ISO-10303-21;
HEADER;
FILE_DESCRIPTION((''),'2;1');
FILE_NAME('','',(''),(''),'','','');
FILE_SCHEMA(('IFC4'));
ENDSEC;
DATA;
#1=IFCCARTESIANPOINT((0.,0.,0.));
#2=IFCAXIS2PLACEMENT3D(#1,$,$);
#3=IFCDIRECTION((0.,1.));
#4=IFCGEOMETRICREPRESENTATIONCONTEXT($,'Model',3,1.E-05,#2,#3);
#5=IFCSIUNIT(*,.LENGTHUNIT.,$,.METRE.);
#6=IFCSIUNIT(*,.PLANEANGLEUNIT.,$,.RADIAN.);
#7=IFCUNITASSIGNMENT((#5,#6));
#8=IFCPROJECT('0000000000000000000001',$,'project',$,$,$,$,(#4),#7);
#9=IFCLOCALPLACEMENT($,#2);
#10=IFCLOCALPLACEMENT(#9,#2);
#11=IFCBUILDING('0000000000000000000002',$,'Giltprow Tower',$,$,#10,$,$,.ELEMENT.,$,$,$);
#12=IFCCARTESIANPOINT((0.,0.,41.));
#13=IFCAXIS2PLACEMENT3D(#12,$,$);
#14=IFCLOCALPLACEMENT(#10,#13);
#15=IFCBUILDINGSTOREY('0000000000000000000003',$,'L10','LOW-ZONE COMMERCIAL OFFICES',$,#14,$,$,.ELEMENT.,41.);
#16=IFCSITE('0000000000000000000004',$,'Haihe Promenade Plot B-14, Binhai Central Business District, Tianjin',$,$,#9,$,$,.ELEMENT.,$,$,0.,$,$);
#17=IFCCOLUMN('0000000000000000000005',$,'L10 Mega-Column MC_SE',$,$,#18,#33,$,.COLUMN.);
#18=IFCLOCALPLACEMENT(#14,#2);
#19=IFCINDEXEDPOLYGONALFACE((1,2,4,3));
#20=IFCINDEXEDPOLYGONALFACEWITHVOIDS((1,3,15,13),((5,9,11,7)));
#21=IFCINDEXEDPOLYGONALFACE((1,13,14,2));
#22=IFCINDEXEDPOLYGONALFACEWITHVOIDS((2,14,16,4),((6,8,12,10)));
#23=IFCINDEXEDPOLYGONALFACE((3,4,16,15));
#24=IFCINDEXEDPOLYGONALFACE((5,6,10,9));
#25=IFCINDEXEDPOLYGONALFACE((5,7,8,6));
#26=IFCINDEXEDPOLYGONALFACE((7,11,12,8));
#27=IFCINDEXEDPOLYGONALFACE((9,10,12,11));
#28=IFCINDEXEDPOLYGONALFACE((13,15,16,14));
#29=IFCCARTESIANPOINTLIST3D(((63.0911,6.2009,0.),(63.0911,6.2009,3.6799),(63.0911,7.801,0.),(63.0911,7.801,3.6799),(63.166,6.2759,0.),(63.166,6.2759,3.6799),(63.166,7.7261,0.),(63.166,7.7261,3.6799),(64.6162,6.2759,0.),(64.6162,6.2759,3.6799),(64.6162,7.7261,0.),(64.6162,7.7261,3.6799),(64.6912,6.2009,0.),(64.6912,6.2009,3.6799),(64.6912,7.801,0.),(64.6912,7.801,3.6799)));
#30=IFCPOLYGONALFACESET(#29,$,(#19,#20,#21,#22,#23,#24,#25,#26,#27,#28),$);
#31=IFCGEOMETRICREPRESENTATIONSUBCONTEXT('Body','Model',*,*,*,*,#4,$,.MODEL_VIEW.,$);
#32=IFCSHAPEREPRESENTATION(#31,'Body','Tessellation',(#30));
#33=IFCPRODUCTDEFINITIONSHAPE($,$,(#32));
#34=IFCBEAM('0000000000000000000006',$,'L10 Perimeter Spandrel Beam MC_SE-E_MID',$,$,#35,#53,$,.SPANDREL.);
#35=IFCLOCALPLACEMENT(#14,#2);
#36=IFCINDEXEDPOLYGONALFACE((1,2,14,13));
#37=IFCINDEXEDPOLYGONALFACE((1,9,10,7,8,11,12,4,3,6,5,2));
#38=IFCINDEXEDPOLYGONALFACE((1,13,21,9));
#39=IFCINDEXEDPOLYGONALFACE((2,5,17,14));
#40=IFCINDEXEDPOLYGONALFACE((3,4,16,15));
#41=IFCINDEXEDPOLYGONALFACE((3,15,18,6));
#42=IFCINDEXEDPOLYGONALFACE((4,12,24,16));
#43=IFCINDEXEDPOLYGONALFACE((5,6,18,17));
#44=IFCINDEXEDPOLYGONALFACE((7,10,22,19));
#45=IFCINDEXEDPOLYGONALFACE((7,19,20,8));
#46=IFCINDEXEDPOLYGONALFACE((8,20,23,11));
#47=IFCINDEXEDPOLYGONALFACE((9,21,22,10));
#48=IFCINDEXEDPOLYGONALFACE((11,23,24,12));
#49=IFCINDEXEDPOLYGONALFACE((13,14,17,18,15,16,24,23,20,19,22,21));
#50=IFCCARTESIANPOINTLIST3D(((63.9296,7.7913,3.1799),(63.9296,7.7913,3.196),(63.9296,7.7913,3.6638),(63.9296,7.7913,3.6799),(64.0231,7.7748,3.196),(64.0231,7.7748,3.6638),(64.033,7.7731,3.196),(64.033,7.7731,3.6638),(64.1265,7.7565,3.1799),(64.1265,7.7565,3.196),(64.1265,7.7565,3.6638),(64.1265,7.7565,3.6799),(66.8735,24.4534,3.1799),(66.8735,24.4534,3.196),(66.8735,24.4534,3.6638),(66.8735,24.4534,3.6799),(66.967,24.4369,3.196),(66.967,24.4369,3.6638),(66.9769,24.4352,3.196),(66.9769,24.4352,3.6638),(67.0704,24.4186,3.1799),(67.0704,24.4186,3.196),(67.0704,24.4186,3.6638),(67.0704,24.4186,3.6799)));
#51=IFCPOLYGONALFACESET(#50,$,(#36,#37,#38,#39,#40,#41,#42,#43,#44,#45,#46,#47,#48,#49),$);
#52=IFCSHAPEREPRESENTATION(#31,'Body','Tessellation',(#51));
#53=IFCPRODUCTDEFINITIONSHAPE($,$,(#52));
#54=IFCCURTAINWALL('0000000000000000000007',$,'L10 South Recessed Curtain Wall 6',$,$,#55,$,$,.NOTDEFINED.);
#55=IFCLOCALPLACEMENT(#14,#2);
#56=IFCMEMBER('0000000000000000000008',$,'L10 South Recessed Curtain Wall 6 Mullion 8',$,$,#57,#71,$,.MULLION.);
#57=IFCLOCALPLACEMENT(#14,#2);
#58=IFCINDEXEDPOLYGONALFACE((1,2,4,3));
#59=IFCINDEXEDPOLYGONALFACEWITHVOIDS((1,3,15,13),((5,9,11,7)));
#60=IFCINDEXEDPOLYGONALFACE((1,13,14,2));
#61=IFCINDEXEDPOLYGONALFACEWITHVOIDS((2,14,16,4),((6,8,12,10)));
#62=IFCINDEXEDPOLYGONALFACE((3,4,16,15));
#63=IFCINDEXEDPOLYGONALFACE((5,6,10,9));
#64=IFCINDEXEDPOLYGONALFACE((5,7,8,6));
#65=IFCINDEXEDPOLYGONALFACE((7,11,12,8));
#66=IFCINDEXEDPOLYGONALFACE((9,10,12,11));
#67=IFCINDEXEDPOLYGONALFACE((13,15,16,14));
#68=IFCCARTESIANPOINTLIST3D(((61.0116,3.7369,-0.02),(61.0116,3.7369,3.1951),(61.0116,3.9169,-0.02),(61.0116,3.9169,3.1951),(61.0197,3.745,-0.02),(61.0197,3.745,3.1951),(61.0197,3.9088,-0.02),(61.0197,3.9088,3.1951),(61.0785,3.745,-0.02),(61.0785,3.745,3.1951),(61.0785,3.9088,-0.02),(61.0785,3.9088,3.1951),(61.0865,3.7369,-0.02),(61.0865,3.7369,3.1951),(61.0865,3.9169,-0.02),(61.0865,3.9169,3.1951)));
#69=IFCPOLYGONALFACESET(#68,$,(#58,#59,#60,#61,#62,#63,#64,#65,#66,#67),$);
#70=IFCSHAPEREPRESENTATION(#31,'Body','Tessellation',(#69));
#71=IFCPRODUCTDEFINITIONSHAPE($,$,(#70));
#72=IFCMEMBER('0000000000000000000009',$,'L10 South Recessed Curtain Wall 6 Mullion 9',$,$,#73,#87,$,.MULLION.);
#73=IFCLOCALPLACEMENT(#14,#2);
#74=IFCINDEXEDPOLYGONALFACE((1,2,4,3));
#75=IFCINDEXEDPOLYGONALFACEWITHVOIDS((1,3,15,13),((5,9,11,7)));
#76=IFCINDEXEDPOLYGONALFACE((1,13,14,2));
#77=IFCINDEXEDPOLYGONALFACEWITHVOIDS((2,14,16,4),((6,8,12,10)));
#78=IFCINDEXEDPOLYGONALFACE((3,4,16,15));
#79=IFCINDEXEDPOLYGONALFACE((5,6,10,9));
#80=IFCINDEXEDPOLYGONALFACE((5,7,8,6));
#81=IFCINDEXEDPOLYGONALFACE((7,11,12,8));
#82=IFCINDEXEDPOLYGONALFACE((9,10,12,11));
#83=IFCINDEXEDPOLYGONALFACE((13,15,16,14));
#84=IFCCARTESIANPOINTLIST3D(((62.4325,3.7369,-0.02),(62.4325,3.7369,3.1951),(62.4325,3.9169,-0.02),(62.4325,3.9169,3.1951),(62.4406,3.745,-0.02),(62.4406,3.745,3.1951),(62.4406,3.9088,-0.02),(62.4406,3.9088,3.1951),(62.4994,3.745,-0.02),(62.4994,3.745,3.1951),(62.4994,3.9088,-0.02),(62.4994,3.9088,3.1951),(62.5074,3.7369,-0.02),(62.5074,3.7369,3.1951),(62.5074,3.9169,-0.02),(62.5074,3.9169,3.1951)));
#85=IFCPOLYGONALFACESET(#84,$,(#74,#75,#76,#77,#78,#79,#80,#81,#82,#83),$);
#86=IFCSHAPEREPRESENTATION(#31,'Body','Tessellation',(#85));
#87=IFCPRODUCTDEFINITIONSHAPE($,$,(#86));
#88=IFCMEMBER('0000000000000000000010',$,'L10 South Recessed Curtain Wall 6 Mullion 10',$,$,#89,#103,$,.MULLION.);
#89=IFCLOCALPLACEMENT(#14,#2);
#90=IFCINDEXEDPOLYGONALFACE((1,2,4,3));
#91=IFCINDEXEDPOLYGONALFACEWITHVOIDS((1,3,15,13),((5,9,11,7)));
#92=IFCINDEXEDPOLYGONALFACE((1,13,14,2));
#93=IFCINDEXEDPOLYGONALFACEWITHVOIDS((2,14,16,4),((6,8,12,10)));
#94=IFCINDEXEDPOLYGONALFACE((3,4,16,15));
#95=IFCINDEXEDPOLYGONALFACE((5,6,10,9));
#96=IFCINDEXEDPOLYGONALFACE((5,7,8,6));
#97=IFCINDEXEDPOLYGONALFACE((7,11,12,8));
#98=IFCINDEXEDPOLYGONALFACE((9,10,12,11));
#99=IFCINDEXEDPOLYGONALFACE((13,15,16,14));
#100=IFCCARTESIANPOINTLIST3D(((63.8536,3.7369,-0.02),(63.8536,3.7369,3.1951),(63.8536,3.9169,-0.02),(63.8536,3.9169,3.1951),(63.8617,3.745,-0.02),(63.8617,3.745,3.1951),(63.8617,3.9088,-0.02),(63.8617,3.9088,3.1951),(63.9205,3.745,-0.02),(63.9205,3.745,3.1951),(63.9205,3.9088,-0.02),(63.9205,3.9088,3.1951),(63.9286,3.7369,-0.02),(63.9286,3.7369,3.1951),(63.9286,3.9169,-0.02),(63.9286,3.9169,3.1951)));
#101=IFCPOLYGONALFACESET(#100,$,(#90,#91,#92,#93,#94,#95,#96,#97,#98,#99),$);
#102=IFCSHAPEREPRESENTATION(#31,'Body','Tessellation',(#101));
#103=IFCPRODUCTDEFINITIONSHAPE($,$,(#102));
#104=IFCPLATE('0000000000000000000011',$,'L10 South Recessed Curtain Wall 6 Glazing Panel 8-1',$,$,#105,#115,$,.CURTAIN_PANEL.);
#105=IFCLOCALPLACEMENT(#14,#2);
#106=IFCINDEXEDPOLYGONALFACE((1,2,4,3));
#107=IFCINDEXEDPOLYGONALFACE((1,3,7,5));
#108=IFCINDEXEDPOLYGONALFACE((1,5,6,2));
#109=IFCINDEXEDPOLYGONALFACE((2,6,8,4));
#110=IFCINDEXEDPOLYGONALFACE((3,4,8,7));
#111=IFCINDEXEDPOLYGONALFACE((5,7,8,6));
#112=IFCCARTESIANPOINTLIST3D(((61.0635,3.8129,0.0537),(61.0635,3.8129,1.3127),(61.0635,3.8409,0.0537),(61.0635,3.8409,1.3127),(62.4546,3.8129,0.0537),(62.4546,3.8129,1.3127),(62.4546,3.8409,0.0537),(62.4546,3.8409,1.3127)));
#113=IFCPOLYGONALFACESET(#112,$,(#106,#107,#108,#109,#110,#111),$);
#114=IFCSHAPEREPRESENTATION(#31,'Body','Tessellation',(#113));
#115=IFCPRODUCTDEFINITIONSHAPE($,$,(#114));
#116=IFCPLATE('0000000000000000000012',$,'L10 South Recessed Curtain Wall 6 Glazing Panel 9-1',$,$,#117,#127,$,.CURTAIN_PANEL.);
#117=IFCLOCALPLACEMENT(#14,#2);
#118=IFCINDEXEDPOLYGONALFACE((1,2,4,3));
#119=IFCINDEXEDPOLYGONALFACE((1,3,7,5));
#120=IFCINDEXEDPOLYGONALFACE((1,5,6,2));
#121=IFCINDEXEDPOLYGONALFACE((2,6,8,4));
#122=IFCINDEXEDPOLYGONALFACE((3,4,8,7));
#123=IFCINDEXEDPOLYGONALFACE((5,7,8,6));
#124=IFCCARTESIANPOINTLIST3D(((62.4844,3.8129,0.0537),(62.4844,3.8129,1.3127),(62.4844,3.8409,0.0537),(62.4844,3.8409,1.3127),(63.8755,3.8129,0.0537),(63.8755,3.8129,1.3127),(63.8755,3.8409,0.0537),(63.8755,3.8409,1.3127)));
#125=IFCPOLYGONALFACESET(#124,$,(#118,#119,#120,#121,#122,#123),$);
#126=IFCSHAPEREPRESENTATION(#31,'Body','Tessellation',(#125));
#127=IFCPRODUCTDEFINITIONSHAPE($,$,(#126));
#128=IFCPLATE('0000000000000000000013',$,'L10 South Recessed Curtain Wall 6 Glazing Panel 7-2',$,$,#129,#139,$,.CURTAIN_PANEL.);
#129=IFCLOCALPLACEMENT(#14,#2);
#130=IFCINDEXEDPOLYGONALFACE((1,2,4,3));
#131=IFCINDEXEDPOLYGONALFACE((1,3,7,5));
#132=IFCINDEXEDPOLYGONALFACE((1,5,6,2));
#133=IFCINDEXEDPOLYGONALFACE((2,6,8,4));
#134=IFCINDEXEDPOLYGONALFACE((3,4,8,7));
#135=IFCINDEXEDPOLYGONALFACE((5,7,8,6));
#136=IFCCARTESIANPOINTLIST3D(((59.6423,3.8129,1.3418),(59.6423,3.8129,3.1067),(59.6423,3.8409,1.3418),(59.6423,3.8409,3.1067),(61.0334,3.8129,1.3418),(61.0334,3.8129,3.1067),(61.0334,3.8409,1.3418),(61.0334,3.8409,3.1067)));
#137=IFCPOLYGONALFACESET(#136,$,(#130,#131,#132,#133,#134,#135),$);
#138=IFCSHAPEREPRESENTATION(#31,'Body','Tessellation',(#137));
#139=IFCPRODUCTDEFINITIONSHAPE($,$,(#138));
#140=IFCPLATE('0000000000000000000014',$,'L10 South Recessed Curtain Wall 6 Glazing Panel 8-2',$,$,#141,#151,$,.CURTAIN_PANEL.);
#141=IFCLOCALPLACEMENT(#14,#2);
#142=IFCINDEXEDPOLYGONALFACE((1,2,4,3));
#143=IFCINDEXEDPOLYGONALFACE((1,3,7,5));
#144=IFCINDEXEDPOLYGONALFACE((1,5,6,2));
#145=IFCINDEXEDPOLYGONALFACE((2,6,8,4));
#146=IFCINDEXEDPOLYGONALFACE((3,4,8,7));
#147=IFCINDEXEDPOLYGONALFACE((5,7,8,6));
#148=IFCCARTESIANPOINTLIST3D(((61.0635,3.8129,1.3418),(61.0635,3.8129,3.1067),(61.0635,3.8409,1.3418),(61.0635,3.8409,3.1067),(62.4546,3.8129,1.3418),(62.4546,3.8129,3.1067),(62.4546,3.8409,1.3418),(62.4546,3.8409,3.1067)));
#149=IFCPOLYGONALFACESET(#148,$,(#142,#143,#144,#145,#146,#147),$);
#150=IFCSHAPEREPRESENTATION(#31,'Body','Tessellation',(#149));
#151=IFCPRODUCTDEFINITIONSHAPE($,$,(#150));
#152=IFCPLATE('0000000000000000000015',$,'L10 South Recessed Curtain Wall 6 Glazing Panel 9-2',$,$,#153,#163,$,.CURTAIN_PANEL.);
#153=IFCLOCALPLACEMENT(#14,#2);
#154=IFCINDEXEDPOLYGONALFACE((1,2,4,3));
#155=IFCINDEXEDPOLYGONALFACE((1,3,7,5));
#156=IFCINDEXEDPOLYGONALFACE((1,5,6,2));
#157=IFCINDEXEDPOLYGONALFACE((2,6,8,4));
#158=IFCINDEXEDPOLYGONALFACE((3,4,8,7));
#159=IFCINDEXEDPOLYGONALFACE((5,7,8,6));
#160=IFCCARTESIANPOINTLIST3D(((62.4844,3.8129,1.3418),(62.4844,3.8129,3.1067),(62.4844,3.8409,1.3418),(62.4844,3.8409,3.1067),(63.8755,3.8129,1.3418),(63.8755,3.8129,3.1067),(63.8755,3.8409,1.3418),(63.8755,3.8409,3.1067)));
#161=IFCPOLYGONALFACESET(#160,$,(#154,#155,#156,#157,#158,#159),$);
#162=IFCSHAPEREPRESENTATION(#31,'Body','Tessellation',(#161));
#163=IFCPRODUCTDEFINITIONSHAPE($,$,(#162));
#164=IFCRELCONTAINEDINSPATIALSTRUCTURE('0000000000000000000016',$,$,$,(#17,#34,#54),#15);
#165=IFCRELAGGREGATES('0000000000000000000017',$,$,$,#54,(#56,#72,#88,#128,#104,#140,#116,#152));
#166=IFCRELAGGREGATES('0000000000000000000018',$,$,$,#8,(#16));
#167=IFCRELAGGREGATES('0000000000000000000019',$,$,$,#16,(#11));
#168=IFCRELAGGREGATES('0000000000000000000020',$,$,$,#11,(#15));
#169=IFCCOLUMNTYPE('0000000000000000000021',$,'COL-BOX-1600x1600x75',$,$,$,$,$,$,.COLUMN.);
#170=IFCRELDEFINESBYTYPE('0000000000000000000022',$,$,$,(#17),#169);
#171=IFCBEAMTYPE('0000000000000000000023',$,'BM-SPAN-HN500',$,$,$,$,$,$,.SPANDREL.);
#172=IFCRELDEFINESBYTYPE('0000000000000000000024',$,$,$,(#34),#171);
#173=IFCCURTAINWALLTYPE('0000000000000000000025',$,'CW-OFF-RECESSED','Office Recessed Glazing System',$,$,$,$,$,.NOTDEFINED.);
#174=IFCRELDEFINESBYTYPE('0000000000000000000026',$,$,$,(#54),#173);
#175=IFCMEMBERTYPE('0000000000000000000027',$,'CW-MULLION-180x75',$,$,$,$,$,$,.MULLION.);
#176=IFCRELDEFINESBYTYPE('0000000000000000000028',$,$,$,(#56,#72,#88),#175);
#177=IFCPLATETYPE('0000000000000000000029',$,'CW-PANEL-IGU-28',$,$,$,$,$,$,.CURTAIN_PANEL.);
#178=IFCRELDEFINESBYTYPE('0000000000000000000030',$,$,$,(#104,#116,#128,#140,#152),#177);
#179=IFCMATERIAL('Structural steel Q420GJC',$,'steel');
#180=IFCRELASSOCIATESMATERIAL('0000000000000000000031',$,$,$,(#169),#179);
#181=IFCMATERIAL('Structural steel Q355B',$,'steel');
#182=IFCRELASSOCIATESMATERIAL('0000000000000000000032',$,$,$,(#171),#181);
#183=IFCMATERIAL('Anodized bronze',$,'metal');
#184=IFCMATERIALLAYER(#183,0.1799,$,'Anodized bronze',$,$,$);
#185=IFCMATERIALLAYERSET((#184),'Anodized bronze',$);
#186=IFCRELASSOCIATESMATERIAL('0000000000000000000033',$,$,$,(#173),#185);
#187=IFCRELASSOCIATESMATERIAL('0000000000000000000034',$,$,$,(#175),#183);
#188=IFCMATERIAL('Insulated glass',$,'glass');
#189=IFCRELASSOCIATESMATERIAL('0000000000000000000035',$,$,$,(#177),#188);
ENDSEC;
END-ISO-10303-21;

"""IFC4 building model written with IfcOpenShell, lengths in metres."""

from ifc_helpers import new_model, si_unit, direction, frame, origin, origin_2d, place, context, subcontext, project, spatial, rectangle, hollow_rectangle, i_section, extrude, source, transform, mapped, material, layer, layer_set, material_profile, profile_set, type_object, element, aggregate, save


model = new_model("IFC4")

# Units and contexts
model_context = context("Model", 3, precision=1e-05, world=origin(), true_north=direction((0.0, 1.0)))
body_context = subcontext(model_context, "Body", "Model", "MODEL_VIEW")
ifc_project = project(units=[si_unit("LENGTHUNIT", "METRE"), si_unit("PLANEANGLEUNIT", "RADIAN")], contexts=[model_context])

# Site, building, storey
site_placement = place(None, origin())
site = spatial("IfcSite", under=ifc_project, at=site_placement, Name="Haihe Promenade Plot B-14, Binhai Central Business District, Tianjin", CompositionType="ELEMENT", RefElevation=0.0)
building_placement = place(site_placement, origin())
building = spatial("IfcBuilding", under=site, at=building_placement, Name="Giltprow Tower", CompositionType="ELEMENT")
storey_placement = place(building_placement, frame((0.0, 0.0, 41.0)))
storey = spatial("IfcBuildingStorey", under=building, at=storey_placement, Name="L10", Description="LOW-ZONE COMMERCIAL OFFICES", CompositionType="ELEMENT", Elevation=41.0)

# Column
ifc_material_1 = material(Name="Structural steel Q420GJC", Category="steel")
ifc_material_profile_1 = material_profile(ifc_material_1, hollow_rectangle(XDim=1.6001, YDim=1.6001, WallThickness=0.075, at=origin_2d()), Name="BOX 1600x1600x75")
ifc_profile_set_1 = profile_set([ifc_material_profile_1], Name="Structural steel Q420GJC")
column_type = type_object("IfcColumnType", Name="COL-BOX-1600x1600x75", PredefinedType="COLUMN", material=ifc_profile_set_1)
shared_shape_1 = source(origin(), body_context, "Body", "SweptSolid", [
    extrude(hollow_rectangle(XDim=1.6001, YDim=1.6001, WallThickness=0.075, at=origin_2d()), origin(), (0.0, 0.0, 1.0), 3.6799),
])
column_placement = place(storey_placement, frame((63.8911, 7.001, 0.0), z_axis=(0.0, 0.0, 1.0), x_axis=(1.0, 0.0, 0.0)))
element("IfcColumn", 1, at=column_placement, inside=storey, type_object=column_type, Name="L10 Mega-Column MC_SE", PredefinedType="COLUMN", context=body_context, shape_type="MappedRepresentation", body=[
    mapped(shared_shape_1, transform((0.0, 0.0, 0.0), x_axis=(1.0, 0.0, 0.0), y_axis=(0.0, 1.0, 0.0), z_axis=(0.0, 0.0, 1.0), scale=1.0)),
])

# Beam
ifc_material_2 = material(Name="Structural steel Q355B", Category="steel")
ifc_material_profile_2 = material_profile(ifc_material_2, i_section(OverallWidth=0.2, OverallDepth=0.5, WebThickness=0.01, FlangeThickness=0.0161, at=origin_2d()), Name="HN 500x200x10x16")
ifc_profile_set_2 = profile_set([ifc_material_profile_2], Name="Structural steel Q355B")
beam_type = type_object("IfcBeamType", Name="BM-SPAN-HN500", PredefinedType="SPANDREL", material=ifc_profile_set_2)
shared_shape_2 = source(origin(), body_context, "Body", "SweptSolid", [
    extrude(i_section(OverallWidth=0.2, OverallDepth=0.5, WebThickness=0.01, FlangeThickness=0.0161, at=origin_2d()), origin(), (0.0, 0.0, 1.0), 16.9202),
])
beam_placement = place(storey_placement, frame((64.0281, 7.7739, 3.4299), z_axis=(0.173985, 0.984748, 0.0), x_axis=(-0.984748, 0.173985, 0.0)))
element("IfcBeam", 2, at=beam_placement, inside=storey, type_object=beam_type, Name="L10 Perimeter Spandrel Beam MC_SE-E_MID", PredefinedType="SPANDREL", context=body_context, shape_type="MappedRepresentation", body=[
    mapped(shared_shape_2, transform((0.0, 0.0, 0.0), x_axis=(1.0, 0.0, 0.0), y_axis=(0.0, 1.0, 0.0), z_axis=(0.0, 0.0, 1.0), scale=1.0)),
])

# Curtain wall, members, plates
ifc_material_3 = material(Name="Anodized bronze", Category="metal")
ifc_layer_1 = layer(ifc_material_3, 0.1799, Name="Anodized bronze")
ifc_layer_set_1 = layer_set([ifc_layer_1], Name="Anodized bronze")
curtain_wall_type = type_object("IfcCurtainWallType", Name="CW-OFF-RECESSED", Description="Office Recessed Glazing System", PredefinedType="NOTDEFINED", material=ifc_layer_set_1)
curtain_wall_placement = place(storey_placement, origin())
curtain_wall = element("IfcCurtainWall", 3, at=curtain_wall_placement, inside=storey, type_object=curtain_wall_type, Name="L10 South Recessed Curtain Wall 6", PredefinedType="NOTDEFINED")
ifc_material_profile_3 = material_profile(ifc_material_3, hollow_rectangle(XDim=0.075, YDim=0.1799, WallThickness=0.0081, at=origin_2d()), Name="RHS 180x75x8")
ifc_profile_set_3 = profile_set([ifc_material_profile_3], Name="Anodized bronze")
member_type = type_object("IfcMemberType", Name="CW-MULLION-180x75", PredefinedType="MULLION", material=ifc_profile_set_3)
shared_shape_3 = source(origin(), body_context, "Body", "SweptSolid", [
    extrude(hollow_rectangle(XDim=0.075, YDim=0.1799, WallThickness=0.0081, at=origin_2d()), origin(), (0.0, 0.0, 1.0), 3.2151),
])
member_1_placement = place(storey_placement, frame((61.0491, 3.8269, -0.02), z_axis=(0.0, 0.0, 1.0), x_axis=(1.0, 0.0, 0.0)))
member_1 = element("IfcMember", 4, at=member_1_placement, type_object=member_type, Name="L10 South Recessed Curtain Wall 6 Mullion 8", PredefinedType="MULLION", context=body_context, shape_type="MappedRepresentation", body=[
    mapped(shared_shape_3, transform((0.0, 0.0, 0.0), x_axis=(1.0, 0.0, 0.0), y_axis=(0.0, 1.0, 0.0), z_axis=(0.0, 0.0, 1.0), scale=1.0)),
])
member_2_placement = place(storey_placement, frame((62.47, 3.8269, -0.02), z_axis=(0.0, 0.0, 1.0), x_axis=(1.0, 0.0, 0.0)))
member_2 = element("IfcMember", 5, at=member_2_placement, type_object=member_type, Name="L10 South Recessed Curtain Wall 6 Mullion 9", PredefinedType="MULLION", context=body_context, shape_type="MappedRepresentation", body=[
    mapped(shared_shape_3, transform((0.0, 0.0, 0.0), x_axis=(1.0, 0.0, 0.0), y_axis=(0.0, 1.0, 0.0), z_axis=(0.0, 0.0, 1.0), scale=1.0)),
])
member_3_placement = place(storey_placement, frame((63.8911, 3.8269, -0.02), z_axis=(0.0, 0.0, 1.0), x_axis=(1.0, 0.0, 0.0)))
member_3 = element("IfcMember", 6, at=member_3_placement, type_object=member_type, Name="L10 South Recessed Curtain Wall 6 Mullion 10", PredefinedType="MULLION", context=body_context, shape_type="MappedRepresentation", body=[
    mapped(shared_shape_3, transform((0.0, 0.0, 0.0), x_axis=(1.0, 0.0, 0.0), y_axis=(0.0, 1.0, 0.0), z_axis=(0.0, 0.0, 1.0), scale=1.0)),
])
ifc_material_4 = material(Name="Insulated glass", Category="glass")
plate_type = type_object("IfcPlateType", Name="CW-PANEL-IGU-28", PredefinedType="CURTAIN_PANEL", material=ifc_material_4)
shared_shape_4 = source(origin(), body_context, "Body", "SweptSolid", [
    extrude(rectangle(XDim=1.3911, YDim=0.0281, at=origin_2d()), origin(), (0.0, 0.0, 1.0), 1.259),
])
plate_1_placement = place(storey_placement, frame((61.759, 3.8269, 0.0537), z_axis=(0.0, 0.0, 1.0), x_axis=(1.0, 0.0, 0.0)))
plate_1 = element("IfcPlate", 7, at=plate_1_placement, type_object=plate_type, Name="L10 South Recessed Curtain Wall 6 Glazing Panel 8-1", PredefinedType="CURTAIN_PANEL", context=body_context, shape_type="MappedRepresentation", body=[
    mapped(shared_shape_4, transform((0.0, 0.0, 0.0), x_axis=(1.0, 0.0, 0.0), y_axis=(0.0, 1.0, 0.0), z_axis=(0.0, 0.0, 1.0), scale=1.0)),
])
plate_2_placement = place(storey_placement, frame((63.1799, 3.8269, 0.0537), z_axis=(0.0, 0.0, 1.0), x_axis=(1.0, 0.0, 0.0)))
plate_2 = element("IfcPlate", 8, at=plate_2_placement, type_object=plate_type, Name="L10 South Recessed Curtain Wall 6 Glazing Panel 9-1", PredefinedType="CURTAIN_PANEL", context=body_context, shape_type="MappedRepresentation", body=[
    mapped(shared_shape_4, transform((0.0, 0.0, 0.0), x_axis=(1.0, 0.0, 0.0), y_axis=(0.0, 1.0, 0.0), z_axis=(0.0, 0.0, 1.0), scale=1.0)),
])
shared_shape_5 = source(origin(), body_context, "Body", "SweptSolid", [
    extrude(rectangle(XDim=1.3911, YDim=0.0281, at=origin_2d()), origin(), (0.0, 0.0, 1.0), 1.7649),
])
plate_3_placement = place(storey_placement, frame((60.3379, 3.8269, 1.3418), z_axis=(0.0, 0.0, 1.0), x_axis=(1.0, 0.0, 0.0)))
plate_3 = element("IfcPlate", 9, at=plate_3_placement, type_object=plate_type, Name="L10 South Recessed Curtain Wall 6 Glazing Panel 7-2", PredefinedType="CURTAIN_PANEL", context=body_context, shape_type="MappedRepresentation", body=[
    mapped(shared_shape_5, transform((0.0, 0.0, 0.0), x_axis=(1.0, 0.0, 0.0), y_axis=(0.0, 1.0, 0.0), z_axis=(0.0, 0.0, 1.0), scale=1.0)),
])
plate_4_placement = place(storey_placement, frame((61.759, 3.8269, 1.3418), z_axis=(0.0, 0.0, 1.0), x_axis=(1.0, 0.0, 0.0)))
plate_4 = element("IfcPlate", 10, at=plate_4_placement, type_object=plate_type, Name="L10 South Recessed Curtain Wall 6 Glazing Panel 8-2", PredefinedType="CURTAIN_PANEL", context=body_context, shape_type="MappedRepresentation", body=[
    mapped(shared_shape_5, transform((0.0, 0.0, 0.0), x_axis=(1.0, 0.0, 0.0), y_axis=(0.0, 1.0, 0.0), z_axis=(0.0, 0.0, 1.0), scale=1.0)),
])
plate_5_placement = place(storey_placement, frame((63.1799, 3.8269, 1.3418), z_axis=(0.0, 0.0, 1.0), x_axis=(1.0, 0.0, 0.0)))
plate_5 = element("IfcPlate", 11, at=plate_5_placement, type_object=plate_type, Name="L10 South Recessed Curtain Wall 6 Glazing Panel 9-2", PredefinedType="CURTAIN_PANEL", context=body_context, shape_type="MappedRepresentation", body=[
    mapped(shared_shape_5, transform((0.0, 0.0, 0.0), x_axis=(1.0, 0.0, 0.0), y_axis=(0.0, 1.0, 0.0), z_axis=(0.0, 0.0, 1.0), scale=1.0)),
])
aggregate(curtain_wall, [member_1, member_2, member_3, plate_3, plate_1, plate_4, plate_2, plate_5])

save(model, "model.ifc")
